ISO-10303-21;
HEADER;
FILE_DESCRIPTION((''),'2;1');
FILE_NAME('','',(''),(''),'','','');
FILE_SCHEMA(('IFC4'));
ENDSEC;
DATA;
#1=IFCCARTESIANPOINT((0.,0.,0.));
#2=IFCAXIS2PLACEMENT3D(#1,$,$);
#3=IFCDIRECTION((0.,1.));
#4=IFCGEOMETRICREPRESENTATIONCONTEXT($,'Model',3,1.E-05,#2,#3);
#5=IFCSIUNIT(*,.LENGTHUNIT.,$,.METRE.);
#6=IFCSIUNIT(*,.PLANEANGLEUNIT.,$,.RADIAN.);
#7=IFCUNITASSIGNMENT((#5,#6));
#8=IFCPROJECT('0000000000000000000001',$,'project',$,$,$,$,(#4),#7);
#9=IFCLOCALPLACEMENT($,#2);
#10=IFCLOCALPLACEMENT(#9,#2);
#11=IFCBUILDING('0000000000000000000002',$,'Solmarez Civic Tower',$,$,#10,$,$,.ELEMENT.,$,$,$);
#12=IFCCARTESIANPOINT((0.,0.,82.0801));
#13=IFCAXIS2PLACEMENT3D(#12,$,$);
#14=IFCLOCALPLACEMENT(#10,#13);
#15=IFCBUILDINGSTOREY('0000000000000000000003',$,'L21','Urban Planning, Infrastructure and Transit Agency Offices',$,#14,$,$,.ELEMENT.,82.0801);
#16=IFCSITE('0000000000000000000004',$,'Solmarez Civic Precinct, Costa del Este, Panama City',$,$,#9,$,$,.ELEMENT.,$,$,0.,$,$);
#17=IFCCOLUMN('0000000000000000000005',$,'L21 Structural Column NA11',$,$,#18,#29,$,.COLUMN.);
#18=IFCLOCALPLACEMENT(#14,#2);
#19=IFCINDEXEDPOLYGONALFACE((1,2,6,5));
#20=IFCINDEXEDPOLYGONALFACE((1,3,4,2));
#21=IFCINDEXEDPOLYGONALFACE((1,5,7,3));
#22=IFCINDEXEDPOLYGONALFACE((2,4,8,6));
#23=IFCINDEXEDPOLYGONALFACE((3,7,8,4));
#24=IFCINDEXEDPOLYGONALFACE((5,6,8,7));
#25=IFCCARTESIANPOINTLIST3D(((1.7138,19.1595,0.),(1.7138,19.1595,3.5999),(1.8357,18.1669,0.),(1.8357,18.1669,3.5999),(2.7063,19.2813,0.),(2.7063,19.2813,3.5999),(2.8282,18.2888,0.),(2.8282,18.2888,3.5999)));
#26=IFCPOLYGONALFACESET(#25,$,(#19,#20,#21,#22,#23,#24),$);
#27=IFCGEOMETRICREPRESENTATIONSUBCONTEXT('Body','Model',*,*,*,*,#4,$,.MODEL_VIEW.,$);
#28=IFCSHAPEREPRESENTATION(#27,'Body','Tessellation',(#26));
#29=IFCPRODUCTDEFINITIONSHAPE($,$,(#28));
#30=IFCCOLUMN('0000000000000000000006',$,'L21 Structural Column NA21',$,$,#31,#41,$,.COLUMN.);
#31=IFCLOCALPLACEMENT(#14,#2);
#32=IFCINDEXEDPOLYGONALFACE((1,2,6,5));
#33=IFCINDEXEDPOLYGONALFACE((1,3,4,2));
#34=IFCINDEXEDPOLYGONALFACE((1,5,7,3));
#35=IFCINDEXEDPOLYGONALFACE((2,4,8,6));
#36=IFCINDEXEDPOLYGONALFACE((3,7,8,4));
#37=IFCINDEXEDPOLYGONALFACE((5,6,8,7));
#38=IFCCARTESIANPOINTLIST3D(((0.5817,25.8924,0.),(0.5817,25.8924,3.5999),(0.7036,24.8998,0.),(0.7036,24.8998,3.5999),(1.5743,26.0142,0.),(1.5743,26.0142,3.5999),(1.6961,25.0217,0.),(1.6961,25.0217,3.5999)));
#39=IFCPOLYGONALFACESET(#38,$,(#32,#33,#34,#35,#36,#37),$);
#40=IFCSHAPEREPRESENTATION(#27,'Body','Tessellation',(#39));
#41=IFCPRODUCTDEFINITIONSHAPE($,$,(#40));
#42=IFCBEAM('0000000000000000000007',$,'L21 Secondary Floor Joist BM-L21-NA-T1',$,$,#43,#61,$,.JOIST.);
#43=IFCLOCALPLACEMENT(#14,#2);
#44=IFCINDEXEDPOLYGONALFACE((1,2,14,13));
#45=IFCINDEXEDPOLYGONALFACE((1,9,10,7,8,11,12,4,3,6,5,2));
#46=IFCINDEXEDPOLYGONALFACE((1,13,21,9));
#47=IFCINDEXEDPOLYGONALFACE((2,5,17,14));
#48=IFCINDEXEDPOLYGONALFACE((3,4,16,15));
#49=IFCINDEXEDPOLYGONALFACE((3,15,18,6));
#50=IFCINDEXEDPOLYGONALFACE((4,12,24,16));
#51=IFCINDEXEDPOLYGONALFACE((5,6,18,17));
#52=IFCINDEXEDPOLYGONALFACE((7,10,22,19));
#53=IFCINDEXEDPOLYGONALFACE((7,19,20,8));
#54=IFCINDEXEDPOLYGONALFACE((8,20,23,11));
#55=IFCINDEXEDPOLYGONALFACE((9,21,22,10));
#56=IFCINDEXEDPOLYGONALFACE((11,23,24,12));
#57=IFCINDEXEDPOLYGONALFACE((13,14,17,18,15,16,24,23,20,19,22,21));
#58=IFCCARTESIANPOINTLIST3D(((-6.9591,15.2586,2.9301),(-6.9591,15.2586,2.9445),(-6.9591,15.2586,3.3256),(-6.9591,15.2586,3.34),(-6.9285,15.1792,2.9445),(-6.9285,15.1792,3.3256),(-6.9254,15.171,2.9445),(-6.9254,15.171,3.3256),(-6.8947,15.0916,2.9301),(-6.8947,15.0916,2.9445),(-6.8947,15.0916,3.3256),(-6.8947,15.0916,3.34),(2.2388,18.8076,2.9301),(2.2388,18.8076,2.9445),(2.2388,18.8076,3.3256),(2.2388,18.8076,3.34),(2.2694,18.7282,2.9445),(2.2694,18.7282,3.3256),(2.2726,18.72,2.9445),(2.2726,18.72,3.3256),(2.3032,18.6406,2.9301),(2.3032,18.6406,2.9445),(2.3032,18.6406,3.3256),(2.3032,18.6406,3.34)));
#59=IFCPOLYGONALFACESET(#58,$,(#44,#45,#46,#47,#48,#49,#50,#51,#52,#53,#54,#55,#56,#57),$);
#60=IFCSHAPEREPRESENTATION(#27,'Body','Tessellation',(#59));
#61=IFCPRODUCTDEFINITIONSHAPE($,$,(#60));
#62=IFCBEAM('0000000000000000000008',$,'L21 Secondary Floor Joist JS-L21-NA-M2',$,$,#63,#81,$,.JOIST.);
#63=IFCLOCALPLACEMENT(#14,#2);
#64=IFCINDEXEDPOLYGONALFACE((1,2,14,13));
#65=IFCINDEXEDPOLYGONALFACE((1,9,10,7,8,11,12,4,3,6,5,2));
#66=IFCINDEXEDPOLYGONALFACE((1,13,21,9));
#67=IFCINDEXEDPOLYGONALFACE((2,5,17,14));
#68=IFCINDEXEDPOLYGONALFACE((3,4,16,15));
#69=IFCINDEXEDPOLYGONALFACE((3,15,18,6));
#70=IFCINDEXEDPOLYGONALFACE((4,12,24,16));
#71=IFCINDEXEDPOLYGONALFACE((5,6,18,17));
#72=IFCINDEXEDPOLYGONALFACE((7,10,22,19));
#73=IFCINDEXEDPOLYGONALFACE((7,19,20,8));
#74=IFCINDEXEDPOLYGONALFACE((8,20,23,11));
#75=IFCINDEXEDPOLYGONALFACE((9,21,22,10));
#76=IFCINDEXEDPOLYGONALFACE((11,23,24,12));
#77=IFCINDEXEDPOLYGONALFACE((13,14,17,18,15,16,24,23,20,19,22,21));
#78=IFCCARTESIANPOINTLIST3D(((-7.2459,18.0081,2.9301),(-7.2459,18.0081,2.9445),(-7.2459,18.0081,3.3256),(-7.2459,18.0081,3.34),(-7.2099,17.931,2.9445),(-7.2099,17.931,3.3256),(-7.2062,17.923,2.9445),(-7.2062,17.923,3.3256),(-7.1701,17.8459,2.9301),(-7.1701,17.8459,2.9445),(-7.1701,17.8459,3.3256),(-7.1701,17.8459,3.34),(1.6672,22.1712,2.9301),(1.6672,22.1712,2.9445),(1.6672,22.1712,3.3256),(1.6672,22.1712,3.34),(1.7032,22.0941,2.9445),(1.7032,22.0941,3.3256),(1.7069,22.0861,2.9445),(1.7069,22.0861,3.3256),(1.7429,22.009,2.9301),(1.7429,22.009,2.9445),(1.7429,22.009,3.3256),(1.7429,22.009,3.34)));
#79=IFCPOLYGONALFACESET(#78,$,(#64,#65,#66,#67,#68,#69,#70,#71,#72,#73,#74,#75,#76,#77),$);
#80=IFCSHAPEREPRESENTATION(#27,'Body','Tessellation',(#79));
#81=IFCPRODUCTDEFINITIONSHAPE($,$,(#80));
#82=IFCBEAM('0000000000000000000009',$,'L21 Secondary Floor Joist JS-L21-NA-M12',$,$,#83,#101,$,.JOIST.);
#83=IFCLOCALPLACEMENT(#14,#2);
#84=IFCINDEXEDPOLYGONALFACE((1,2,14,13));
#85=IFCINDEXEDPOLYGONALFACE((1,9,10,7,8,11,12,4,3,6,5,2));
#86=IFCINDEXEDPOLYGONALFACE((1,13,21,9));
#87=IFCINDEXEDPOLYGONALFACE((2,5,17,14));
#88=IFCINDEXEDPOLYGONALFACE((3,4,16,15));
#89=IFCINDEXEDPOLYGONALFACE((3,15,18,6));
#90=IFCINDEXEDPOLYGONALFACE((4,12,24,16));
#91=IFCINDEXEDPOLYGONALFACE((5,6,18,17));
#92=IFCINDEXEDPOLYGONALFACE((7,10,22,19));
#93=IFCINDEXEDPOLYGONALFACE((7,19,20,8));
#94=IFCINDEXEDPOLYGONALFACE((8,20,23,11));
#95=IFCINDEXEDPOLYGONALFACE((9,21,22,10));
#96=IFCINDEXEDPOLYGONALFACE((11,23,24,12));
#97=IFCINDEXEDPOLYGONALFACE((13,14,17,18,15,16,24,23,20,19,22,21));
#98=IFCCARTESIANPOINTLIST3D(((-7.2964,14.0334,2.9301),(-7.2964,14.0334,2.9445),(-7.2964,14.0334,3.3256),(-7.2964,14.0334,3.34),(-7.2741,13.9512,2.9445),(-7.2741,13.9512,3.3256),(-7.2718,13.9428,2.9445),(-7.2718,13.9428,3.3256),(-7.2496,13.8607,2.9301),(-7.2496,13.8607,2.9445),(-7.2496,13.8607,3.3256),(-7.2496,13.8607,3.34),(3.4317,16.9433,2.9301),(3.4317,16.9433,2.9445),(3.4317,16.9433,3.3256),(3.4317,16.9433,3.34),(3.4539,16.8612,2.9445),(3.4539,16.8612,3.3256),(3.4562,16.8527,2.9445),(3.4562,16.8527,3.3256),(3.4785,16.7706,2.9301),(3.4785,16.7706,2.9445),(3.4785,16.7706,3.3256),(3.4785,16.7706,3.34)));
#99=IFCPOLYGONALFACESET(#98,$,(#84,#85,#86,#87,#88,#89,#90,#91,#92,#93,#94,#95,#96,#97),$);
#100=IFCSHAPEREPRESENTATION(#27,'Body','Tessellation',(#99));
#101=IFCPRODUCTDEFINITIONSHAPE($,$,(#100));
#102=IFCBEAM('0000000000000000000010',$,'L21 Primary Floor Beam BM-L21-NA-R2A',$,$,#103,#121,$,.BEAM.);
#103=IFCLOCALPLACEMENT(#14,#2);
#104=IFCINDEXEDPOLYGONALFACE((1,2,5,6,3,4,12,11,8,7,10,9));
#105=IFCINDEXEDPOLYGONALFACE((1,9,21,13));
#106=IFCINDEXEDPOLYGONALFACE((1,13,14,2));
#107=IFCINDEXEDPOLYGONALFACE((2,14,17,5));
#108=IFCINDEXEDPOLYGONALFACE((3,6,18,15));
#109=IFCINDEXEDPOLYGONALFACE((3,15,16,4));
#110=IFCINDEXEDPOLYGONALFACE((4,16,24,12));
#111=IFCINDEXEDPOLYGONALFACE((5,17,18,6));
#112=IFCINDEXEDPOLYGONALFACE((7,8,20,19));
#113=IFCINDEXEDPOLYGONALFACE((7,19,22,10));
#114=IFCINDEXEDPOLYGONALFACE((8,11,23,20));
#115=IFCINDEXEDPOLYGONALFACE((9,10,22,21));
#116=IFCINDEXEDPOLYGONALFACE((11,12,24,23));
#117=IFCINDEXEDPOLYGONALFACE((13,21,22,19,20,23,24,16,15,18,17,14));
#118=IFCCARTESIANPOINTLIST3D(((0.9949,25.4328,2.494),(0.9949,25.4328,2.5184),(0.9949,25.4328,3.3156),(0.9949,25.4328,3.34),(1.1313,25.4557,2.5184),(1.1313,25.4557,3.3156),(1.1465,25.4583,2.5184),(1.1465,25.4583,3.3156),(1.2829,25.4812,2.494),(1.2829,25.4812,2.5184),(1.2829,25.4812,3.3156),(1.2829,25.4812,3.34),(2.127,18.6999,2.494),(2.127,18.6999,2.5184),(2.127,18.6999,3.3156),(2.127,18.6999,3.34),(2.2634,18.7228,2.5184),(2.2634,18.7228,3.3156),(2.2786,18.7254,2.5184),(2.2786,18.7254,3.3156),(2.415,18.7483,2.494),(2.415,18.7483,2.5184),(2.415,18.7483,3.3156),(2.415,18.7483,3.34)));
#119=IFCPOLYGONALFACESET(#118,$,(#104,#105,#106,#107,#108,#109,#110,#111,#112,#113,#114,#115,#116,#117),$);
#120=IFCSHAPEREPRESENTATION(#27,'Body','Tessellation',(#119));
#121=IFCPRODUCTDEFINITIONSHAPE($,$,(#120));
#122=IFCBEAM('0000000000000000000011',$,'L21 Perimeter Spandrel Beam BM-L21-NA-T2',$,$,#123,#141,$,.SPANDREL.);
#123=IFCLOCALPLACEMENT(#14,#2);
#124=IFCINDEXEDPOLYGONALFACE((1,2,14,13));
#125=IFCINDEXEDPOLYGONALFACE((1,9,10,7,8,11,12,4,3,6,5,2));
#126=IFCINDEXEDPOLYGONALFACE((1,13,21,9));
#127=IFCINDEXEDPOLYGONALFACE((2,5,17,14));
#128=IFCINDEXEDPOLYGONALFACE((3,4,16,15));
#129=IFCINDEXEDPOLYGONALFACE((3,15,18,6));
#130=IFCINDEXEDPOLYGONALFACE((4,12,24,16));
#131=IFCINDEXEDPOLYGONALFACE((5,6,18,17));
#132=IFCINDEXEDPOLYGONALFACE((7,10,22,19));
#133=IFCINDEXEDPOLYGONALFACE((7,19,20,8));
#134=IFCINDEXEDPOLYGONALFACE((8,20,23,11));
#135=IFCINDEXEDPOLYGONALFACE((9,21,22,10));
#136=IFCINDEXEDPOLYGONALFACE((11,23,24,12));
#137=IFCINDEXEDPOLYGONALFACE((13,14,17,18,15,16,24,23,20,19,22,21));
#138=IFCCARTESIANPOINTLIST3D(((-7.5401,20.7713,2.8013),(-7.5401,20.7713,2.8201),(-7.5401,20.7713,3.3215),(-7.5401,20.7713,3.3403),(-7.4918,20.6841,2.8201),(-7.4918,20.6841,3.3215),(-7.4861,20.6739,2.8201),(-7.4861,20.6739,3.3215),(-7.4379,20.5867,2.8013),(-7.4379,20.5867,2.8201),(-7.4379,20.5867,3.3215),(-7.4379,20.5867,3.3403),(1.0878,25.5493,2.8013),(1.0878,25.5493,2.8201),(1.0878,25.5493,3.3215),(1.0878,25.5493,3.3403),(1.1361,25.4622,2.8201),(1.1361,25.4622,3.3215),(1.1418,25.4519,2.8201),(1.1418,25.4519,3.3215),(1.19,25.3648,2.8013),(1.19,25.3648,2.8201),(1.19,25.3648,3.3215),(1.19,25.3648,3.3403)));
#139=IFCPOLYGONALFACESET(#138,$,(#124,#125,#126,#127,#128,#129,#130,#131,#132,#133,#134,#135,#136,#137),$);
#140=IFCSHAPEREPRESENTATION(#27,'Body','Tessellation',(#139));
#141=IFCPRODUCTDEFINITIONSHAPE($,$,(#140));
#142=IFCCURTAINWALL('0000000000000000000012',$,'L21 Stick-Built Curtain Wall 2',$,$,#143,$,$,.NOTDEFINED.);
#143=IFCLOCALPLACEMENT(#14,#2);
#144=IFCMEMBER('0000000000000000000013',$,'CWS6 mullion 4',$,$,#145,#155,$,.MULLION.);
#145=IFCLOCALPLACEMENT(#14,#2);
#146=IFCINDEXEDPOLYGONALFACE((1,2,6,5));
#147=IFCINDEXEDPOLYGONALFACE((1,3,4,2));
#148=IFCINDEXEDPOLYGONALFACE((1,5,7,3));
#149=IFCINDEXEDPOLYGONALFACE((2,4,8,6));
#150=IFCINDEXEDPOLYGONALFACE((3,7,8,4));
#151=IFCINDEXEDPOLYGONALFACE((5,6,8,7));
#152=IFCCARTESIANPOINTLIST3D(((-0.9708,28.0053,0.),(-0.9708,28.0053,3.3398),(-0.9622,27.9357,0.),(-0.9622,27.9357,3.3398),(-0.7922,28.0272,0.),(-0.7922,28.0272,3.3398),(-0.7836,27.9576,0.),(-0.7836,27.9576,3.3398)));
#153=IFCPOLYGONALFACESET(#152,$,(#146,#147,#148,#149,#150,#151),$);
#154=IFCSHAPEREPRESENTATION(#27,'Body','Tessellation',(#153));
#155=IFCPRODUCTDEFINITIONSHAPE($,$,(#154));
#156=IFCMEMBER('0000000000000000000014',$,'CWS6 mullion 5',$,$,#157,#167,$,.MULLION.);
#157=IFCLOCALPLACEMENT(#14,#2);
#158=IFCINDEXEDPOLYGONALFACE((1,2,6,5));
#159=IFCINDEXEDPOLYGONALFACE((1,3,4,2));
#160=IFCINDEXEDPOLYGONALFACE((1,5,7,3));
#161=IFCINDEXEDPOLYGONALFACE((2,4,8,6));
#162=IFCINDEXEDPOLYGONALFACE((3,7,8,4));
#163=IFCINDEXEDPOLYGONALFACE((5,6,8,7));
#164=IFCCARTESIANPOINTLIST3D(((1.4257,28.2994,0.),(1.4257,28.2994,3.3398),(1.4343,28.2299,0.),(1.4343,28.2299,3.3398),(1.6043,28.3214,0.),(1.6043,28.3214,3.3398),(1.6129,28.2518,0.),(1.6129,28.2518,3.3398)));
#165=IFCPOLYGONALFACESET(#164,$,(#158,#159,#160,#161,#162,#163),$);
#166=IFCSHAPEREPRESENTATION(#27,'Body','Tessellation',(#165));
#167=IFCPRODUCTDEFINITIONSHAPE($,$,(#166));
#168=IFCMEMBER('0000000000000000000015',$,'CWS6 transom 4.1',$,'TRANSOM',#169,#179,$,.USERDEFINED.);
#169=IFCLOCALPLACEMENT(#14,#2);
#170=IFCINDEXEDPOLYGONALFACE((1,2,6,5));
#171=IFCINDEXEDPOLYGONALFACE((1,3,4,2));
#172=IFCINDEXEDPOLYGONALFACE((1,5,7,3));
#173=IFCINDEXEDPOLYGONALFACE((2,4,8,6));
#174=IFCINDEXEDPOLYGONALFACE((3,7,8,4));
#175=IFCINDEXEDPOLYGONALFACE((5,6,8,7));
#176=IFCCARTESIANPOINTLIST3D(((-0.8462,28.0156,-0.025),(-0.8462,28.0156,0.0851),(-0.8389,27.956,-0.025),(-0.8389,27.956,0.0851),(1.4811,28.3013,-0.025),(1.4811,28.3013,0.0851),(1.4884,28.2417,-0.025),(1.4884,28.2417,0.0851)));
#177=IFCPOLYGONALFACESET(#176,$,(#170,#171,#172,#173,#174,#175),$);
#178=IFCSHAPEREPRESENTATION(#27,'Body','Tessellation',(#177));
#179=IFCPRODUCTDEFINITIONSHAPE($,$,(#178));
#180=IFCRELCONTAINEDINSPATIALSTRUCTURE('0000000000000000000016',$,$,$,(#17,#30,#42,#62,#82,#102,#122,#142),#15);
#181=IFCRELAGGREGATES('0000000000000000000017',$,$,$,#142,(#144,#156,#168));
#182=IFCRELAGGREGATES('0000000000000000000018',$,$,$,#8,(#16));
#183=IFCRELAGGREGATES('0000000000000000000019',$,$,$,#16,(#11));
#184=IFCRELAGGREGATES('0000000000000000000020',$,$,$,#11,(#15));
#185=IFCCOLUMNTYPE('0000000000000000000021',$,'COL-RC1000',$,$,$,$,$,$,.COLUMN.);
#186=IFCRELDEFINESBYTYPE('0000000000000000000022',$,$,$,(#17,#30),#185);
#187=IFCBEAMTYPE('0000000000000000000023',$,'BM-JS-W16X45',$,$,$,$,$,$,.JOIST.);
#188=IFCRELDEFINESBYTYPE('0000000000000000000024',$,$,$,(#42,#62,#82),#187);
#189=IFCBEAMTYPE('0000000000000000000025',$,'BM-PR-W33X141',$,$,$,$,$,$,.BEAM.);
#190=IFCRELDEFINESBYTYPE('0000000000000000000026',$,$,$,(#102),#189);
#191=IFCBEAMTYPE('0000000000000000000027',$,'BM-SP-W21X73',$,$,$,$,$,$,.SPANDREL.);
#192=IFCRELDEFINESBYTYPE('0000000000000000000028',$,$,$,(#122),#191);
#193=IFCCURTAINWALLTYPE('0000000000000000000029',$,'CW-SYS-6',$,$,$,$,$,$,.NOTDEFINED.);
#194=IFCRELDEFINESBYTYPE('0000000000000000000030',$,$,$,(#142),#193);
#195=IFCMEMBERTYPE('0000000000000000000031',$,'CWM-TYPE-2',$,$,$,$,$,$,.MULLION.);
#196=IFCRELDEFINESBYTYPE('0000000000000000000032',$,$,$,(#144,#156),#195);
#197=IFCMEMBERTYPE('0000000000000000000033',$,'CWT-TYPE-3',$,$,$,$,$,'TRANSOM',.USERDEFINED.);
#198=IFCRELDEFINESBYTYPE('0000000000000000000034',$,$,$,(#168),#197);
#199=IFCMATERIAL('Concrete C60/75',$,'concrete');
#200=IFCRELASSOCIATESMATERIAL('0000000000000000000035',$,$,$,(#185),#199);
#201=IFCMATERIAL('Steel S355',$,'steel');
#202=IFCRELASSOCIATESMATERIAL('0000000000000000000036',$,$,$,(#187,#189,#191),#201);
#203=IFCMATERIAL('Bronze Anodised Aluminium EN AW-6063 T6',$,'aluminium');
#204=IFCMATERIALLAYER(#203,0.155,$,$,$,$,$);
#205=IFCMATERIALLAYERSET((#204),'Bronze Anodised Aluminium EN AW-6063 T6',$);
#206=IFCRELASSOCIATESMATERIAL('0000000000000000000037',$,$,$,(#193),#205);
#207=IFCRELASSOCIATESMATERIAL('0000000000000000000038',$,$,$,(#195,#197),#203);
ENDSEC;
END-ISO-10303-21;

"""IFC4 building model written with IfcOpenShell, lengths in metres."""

from ifc_helpers import new_model, si_unit, direction, frame, origin, origin_2d, place, context, subcontext, project, spatial, rectangle, i_section, extrude, material, layer, layer_set, material_profile, profile_set, type_object, element, aggregate, save


model = new_model("IFC4")

# Units and contexts
model_context = context("Model", 3, precision=1e-05, world=origin(), true_north=direction((0.0, 1.0)))
body_context = subcontext(model_context, "Body", "Model", "MODEL_VIEW")
ifc_project = project(units=[si_unit("LENGTHUNIT", "METRE"), si_unit("PLANEANGLEUNIT", "RADIAN")], contexts=[model_context])

# Site, building, storey
site_placement = place(None, origin())
site = spatial("IfcSite", under=ifc_project, at=site_placement, Name="Solmarez Civic Precinct, Costa del Este, Panama City", CompositionType="ELEMENT", RefElevation=0.0)
building_placement = place(site_placement, origin())
building = spatial("IfcBuilding", under=site, at=building_placement, Name="Solmarez Civic Tower", CompositionType="ELEMENT")
storey_placement = place(building_placement, frame((0.0, 0.0, 82.0801)))
storey = spatial("IfcBuildingStorey", under=building, at=storey_placement, Name="L21", Description="Urban Planning, Infrastructure and Transit Agency Offices", CompositionType="ELEMENT", Elevation=82.0801)

# Columns
ifc_material_1 = material(Name="Concrete C60/75", Category="concrete")
ifc_material_profile_1 = material_profile(ifc_material_1, rectangle(XDim=1.0, YDim=1.0, at=origin_2d()), Name="RC1000X1000")
ifc_profile_set_1 = profile_set([ifc_material_profile_1], Name="Concrete C60/75")
column_type = type_object("IfcColumnType", Name="COL-RC1000", PredefinedType="COLUMN", material=ifc_profile_set_1)
for number, where, z_axis, x_axis, name in (
    (1, (2.271, 18.7241, 0.0), (0.0, 0.0, 1.0), (0.992546, 0.121869, 0.0), "L21 Structural Column NA11"),
    (2, (1.1389, 25.457, 0.0), (0.0, 0.0, 1.0), (0.992546, 0.121869, 0.0), "L21 Structural Column NA21"),
):
    element("IfcColumn", number, at=place(storey_placement, frame(where, z_axis=z_axis, x_axis=x_axis)), inside=storey, type_object=column_type, Name=name, PredefinedType="COLUMN", context=body_context, shape_type="SweptSolid", body=[
        extrude(rectangle(XDim=1.0, YDim=1.0, at=origin_2d()), origin(), (0.0, 0.0, 1.0), 3.5999),
    ])

# Beams
ifc_material_2 = material(Name="Steel S355", Category="steel")
ifc_material_profile_2 = material_profile(ifc_material_2, i_section(OverallWidth=0.179, OverallDepth=0.4099, WebThickness=0.0088, FlangeThickness=0.0144, at=origin_2d()), Name="W16X45")
ifc_profile_set_2 = profile_set([ifc_material_profile_2], Name="Steel S355")
beam_type_1 = type_object("IfcBeamType", Name="BM-JS-W16X45", PredefinedType="JOIST", material=ifc_profile_set_2)
beam_1_placement = place(storey_placement, frame((2.271, 18.7241, 3.135), z_axis=(-0.932958, -0.359984, 0.0), x_axis=(0.359984, -0.932958, 0.0)))
element("IfcBeam", 3, at=beam_1_placement, inside=storey, type_object=beam_type_1, Name="L21 Secondary Floor Joist BM-L21-NA-T1", PredefinedType="JOIST", context=body_context, shape_type="SweptSolid", body=[
    extrude(i_section(OverallWidth=0.179, OverallDepth=0.4099, WebThickness=0.0088, FlangeThickness=0.0144, at=origin_2d()), origin(), (0.0, 0.0, 1.0), 9.8589),
])
beam_2_placement = place(storey_placement, frame((1.7051, 22.0901, 3.135), z_axis=(-0.906041, -0.42319, 0.0), x_axis=(0.42319, -0.906041, 0.0)))
element("IfcBeam", 4, at=beam_2_placement, inside=storey, type_object=beam_type_1, Name="L21 Secondary Floor Joist JS-L21-NA-M2", PredefinedType="JOIST", context=body_context, shape_type="SweptSolid", body=[
    extrude(i_section(OverallWidth=0.179, OverallDepth=0.4099, WebThickness=0.0088, FlangeThickness=0.0144, at=origin_2d()), origin(), (0.0, 0.0, 1.0), 9.8374),
])
beam_3_placement = place(storey_placement, frame((3.4551, 16.8569, 3.135), z_axis=(-0.965126, -0.261785, 0.0), x_axis=(0.261785, -0.965126, 0.0)))
element("IfcBeam", 5, at=beam_3_placement, inside=storey, type_object=beam_type_1, Name="L21 Secondary Floor Joist JS-L21-NA-M12", PredefinedType="JOIST", context=body_context, shape_type="SweptSolid", body=[
    extrude(i_section(OverallWidth=0.179, OverallDepth=0.4099, WebThickness=0.0088, FlangeThickness=0.0144, at=origin_2d()), origin(), (0.0, 0.0, 1.0), 11.1157),
])
ifc_material_profile_3 = material_profile(ifc_material_2, i_section(OverallWidth=0.292, OverallDepth=0.8459, WebThickness=0.0154, FlangeThickness=0.0244, at=origin_2d()), Name="W33X141")
ifc_profile_set_3 = profile_set([ifc_material_profile_3], Name="Steel S355")
beam_type_2 = type_object("IfcBeamType", Name="BM-PR-W33X141", PredefinedType="BEAM", material=ifc_profile_set_3)
beam_4_placement = place(storey_placement, frame((2.271, 18.7241, 2.917), z_axis=(-0.165814, 0.986157, 0.0), x_axis=(-0.986157, -0.165814, 0.0)))
element("IfcBeam", 6, at=beam_4_placement, inside=storey, type_object=beam_type_2, Name="L21 Primary Floor Beam BM-L21-NA-R2A", PredefinedType="BEAM", context=body_context, shape_type="SweptSolid", body=[
    extrude(i_section(OverallWidth=0.292, OverallDepth=0.8459, WebThickness=0.0154, FlangeThickness=0.0244, at=origin_2d()), origin(), (0.0, 0.0, 1.0), 6.8274),
])
ifc_material_profile_4 = material_profile(ifc_material_2, i_section(OverallWidth=0.2109, OverallDepth=0.5391, WebThickness=0.0117, FlangeThickness=0.0188, at=origin_2d()), Name="W21X73")
ifc_profile_set_4 = profile_set([ifc_material_profile_4], Name="Steel S355")
beam_type_3 = type_object("IfcBeamType", Name="BM-SP-W21X73", PredefinedType="SPANDREL", material=ifc_profile_set_4)
beam_5_placement = place(storey_placement, frame((1.1389, 25.457, 3.0708), z_axis=(-0.874812, -0.484463, 0.0), x_axis=(0.484463, -0.874812, 0.0)))
element("IfcBeam", 7, at=beam_5_placement, inside=storey, type_object=beam_type_3, Name="L21 Perimeter Spandrel Beam BM-L21-NA-T2", PredefinedType="SPANDREL", context=body_context, shape_type="SweptSolid", body=[
    extrude(i_section(OverallWidth=0.2109, OverallDepth=0.5391, WebThickness=0.0117, FlangeThickness=0.0188, at=origin_2d()), origin(), (0.0, 0.0, 1.0), 9.8625),
])

# Curtain wall, members
ifc_material_3 = material(Name="Bronze Anodised Aluminium EN AW-6063 T6", Category="aluminium")
ifc_layer_1 = layer(ifc_material_3, 0.155)
ifc_layer_set_1 = layer_set([ifc_layer_1], Name="Bronze Anodised Aluminium EN AW-6063 T6")
curtain_wall_type = type_object("IfcCurtainWallType", Name="CW-SYS-6", PredefinedType="NOTDEFINED", material=ifc_layer_set_1)
curtain_wall_placement = place(storey_placement, origin())
curtain_wall = element("IfcCurtainWall", 8, at=curtain_wall_placement, inside=storey, type_object=curtain_wall_type, Name="L21 Stick-Built Curtain Wall 2", PredefinedType="NOTDEFINED")
ifc_material_profile_5 = material_profile(ifc_material_3, rectangle(XDim=0.0701, YDim=0.1799, at=origin_2d()), Name="CWM-70X180")
ifc_profile_set_5 = profile_set([ifc_material_profile_5], Name="Bronze Anodised Aluminium EN AW-6063 T6")
member_type_1 = type_object("IfcMemberType", Name="CWM-TYPE-2", PredefinedType="MULLION", material=ifc_profile_set_5)
member_1_placement = place(storey_placement, frame((-0.8772, 27.9814, 0.0), z_axis=(0.0, 0.0, 1.0), x_axis=(-0.121861, 0.992547, 0.0)))
member_1 = element("IfcMember", 9, at=member_1_placement, type_object=member_type_1, Name="CWS6 mullion 4", PredefinedType="MULLION", context=body_context, shape_type="SweptSolid", body=[
    extrude(rectangle(XDim=0.0701, YDim=0.1799, at=origin_2d()), origin(), (0.0, 0.0, 1.0), 3.3398),
])
member_2_placement = place(storey_placement, frame((1.5193, 28.2756, 0.0), z_axis=(0.0, 0.0, 1.0), x_axis=(-0.121861, 0.992547, 0.0)))
member_2 = element("IfcMember", 10, at=member_2_placement, type_object=member_type_1, Name="CWS6 mullion 5", PredefinedType="MULLION", context=body_context, shape_type="SweptSolid", body=[
    extrude(rectangle(XDim=0.0701, YDim=0.1799, at=origin_2d()), origin(), (0.0, 0.0, 1.0), 3.3398),
])
ifc_material_profile_6 = material_profile(ifc_material_3, rectangle(XDim=0.0601, YDim=0.1101, at=origin_2d()), Name="CWT-60X110")
ifc_profile_set_6 = profile_set([ifc_material_profile_6], Name="Bronze Anodised Aluminium EN AW-6063 T6")
member_type_2 = type_object("IfcMemberType", Name="CWT-TYPE-3", ElementType="TRANSOM", PredefinedType="USERDEFINED", material=ifc_profile_set_6)
member_3_placement = place(storey_placement, frame((-0.8425, 27.9858, 0.03), z_axis=(0.992551, 0.12183, 0.0), x_axis=(-0.12183, 0.992551, 0.0)))
member_3 = element("IfcMember", 11, at=member_3_placement, type_object=member_type_2, Name="CWS6 transom 4.1", ObjectType="TRANSOM", PredefinedType="USERDEFINED", context=body_context, shape_type="SweptSolid", body=[
    extrude(rectangle(XDim=0.0601, YDim=0.1101, at=origin_2d()), origin(), (0.0, 0.0, 1.0), 2.3447),
])
aggregate(curtain_wall, [member_1, member_2, member_3])

save(model, "model.ifc")
